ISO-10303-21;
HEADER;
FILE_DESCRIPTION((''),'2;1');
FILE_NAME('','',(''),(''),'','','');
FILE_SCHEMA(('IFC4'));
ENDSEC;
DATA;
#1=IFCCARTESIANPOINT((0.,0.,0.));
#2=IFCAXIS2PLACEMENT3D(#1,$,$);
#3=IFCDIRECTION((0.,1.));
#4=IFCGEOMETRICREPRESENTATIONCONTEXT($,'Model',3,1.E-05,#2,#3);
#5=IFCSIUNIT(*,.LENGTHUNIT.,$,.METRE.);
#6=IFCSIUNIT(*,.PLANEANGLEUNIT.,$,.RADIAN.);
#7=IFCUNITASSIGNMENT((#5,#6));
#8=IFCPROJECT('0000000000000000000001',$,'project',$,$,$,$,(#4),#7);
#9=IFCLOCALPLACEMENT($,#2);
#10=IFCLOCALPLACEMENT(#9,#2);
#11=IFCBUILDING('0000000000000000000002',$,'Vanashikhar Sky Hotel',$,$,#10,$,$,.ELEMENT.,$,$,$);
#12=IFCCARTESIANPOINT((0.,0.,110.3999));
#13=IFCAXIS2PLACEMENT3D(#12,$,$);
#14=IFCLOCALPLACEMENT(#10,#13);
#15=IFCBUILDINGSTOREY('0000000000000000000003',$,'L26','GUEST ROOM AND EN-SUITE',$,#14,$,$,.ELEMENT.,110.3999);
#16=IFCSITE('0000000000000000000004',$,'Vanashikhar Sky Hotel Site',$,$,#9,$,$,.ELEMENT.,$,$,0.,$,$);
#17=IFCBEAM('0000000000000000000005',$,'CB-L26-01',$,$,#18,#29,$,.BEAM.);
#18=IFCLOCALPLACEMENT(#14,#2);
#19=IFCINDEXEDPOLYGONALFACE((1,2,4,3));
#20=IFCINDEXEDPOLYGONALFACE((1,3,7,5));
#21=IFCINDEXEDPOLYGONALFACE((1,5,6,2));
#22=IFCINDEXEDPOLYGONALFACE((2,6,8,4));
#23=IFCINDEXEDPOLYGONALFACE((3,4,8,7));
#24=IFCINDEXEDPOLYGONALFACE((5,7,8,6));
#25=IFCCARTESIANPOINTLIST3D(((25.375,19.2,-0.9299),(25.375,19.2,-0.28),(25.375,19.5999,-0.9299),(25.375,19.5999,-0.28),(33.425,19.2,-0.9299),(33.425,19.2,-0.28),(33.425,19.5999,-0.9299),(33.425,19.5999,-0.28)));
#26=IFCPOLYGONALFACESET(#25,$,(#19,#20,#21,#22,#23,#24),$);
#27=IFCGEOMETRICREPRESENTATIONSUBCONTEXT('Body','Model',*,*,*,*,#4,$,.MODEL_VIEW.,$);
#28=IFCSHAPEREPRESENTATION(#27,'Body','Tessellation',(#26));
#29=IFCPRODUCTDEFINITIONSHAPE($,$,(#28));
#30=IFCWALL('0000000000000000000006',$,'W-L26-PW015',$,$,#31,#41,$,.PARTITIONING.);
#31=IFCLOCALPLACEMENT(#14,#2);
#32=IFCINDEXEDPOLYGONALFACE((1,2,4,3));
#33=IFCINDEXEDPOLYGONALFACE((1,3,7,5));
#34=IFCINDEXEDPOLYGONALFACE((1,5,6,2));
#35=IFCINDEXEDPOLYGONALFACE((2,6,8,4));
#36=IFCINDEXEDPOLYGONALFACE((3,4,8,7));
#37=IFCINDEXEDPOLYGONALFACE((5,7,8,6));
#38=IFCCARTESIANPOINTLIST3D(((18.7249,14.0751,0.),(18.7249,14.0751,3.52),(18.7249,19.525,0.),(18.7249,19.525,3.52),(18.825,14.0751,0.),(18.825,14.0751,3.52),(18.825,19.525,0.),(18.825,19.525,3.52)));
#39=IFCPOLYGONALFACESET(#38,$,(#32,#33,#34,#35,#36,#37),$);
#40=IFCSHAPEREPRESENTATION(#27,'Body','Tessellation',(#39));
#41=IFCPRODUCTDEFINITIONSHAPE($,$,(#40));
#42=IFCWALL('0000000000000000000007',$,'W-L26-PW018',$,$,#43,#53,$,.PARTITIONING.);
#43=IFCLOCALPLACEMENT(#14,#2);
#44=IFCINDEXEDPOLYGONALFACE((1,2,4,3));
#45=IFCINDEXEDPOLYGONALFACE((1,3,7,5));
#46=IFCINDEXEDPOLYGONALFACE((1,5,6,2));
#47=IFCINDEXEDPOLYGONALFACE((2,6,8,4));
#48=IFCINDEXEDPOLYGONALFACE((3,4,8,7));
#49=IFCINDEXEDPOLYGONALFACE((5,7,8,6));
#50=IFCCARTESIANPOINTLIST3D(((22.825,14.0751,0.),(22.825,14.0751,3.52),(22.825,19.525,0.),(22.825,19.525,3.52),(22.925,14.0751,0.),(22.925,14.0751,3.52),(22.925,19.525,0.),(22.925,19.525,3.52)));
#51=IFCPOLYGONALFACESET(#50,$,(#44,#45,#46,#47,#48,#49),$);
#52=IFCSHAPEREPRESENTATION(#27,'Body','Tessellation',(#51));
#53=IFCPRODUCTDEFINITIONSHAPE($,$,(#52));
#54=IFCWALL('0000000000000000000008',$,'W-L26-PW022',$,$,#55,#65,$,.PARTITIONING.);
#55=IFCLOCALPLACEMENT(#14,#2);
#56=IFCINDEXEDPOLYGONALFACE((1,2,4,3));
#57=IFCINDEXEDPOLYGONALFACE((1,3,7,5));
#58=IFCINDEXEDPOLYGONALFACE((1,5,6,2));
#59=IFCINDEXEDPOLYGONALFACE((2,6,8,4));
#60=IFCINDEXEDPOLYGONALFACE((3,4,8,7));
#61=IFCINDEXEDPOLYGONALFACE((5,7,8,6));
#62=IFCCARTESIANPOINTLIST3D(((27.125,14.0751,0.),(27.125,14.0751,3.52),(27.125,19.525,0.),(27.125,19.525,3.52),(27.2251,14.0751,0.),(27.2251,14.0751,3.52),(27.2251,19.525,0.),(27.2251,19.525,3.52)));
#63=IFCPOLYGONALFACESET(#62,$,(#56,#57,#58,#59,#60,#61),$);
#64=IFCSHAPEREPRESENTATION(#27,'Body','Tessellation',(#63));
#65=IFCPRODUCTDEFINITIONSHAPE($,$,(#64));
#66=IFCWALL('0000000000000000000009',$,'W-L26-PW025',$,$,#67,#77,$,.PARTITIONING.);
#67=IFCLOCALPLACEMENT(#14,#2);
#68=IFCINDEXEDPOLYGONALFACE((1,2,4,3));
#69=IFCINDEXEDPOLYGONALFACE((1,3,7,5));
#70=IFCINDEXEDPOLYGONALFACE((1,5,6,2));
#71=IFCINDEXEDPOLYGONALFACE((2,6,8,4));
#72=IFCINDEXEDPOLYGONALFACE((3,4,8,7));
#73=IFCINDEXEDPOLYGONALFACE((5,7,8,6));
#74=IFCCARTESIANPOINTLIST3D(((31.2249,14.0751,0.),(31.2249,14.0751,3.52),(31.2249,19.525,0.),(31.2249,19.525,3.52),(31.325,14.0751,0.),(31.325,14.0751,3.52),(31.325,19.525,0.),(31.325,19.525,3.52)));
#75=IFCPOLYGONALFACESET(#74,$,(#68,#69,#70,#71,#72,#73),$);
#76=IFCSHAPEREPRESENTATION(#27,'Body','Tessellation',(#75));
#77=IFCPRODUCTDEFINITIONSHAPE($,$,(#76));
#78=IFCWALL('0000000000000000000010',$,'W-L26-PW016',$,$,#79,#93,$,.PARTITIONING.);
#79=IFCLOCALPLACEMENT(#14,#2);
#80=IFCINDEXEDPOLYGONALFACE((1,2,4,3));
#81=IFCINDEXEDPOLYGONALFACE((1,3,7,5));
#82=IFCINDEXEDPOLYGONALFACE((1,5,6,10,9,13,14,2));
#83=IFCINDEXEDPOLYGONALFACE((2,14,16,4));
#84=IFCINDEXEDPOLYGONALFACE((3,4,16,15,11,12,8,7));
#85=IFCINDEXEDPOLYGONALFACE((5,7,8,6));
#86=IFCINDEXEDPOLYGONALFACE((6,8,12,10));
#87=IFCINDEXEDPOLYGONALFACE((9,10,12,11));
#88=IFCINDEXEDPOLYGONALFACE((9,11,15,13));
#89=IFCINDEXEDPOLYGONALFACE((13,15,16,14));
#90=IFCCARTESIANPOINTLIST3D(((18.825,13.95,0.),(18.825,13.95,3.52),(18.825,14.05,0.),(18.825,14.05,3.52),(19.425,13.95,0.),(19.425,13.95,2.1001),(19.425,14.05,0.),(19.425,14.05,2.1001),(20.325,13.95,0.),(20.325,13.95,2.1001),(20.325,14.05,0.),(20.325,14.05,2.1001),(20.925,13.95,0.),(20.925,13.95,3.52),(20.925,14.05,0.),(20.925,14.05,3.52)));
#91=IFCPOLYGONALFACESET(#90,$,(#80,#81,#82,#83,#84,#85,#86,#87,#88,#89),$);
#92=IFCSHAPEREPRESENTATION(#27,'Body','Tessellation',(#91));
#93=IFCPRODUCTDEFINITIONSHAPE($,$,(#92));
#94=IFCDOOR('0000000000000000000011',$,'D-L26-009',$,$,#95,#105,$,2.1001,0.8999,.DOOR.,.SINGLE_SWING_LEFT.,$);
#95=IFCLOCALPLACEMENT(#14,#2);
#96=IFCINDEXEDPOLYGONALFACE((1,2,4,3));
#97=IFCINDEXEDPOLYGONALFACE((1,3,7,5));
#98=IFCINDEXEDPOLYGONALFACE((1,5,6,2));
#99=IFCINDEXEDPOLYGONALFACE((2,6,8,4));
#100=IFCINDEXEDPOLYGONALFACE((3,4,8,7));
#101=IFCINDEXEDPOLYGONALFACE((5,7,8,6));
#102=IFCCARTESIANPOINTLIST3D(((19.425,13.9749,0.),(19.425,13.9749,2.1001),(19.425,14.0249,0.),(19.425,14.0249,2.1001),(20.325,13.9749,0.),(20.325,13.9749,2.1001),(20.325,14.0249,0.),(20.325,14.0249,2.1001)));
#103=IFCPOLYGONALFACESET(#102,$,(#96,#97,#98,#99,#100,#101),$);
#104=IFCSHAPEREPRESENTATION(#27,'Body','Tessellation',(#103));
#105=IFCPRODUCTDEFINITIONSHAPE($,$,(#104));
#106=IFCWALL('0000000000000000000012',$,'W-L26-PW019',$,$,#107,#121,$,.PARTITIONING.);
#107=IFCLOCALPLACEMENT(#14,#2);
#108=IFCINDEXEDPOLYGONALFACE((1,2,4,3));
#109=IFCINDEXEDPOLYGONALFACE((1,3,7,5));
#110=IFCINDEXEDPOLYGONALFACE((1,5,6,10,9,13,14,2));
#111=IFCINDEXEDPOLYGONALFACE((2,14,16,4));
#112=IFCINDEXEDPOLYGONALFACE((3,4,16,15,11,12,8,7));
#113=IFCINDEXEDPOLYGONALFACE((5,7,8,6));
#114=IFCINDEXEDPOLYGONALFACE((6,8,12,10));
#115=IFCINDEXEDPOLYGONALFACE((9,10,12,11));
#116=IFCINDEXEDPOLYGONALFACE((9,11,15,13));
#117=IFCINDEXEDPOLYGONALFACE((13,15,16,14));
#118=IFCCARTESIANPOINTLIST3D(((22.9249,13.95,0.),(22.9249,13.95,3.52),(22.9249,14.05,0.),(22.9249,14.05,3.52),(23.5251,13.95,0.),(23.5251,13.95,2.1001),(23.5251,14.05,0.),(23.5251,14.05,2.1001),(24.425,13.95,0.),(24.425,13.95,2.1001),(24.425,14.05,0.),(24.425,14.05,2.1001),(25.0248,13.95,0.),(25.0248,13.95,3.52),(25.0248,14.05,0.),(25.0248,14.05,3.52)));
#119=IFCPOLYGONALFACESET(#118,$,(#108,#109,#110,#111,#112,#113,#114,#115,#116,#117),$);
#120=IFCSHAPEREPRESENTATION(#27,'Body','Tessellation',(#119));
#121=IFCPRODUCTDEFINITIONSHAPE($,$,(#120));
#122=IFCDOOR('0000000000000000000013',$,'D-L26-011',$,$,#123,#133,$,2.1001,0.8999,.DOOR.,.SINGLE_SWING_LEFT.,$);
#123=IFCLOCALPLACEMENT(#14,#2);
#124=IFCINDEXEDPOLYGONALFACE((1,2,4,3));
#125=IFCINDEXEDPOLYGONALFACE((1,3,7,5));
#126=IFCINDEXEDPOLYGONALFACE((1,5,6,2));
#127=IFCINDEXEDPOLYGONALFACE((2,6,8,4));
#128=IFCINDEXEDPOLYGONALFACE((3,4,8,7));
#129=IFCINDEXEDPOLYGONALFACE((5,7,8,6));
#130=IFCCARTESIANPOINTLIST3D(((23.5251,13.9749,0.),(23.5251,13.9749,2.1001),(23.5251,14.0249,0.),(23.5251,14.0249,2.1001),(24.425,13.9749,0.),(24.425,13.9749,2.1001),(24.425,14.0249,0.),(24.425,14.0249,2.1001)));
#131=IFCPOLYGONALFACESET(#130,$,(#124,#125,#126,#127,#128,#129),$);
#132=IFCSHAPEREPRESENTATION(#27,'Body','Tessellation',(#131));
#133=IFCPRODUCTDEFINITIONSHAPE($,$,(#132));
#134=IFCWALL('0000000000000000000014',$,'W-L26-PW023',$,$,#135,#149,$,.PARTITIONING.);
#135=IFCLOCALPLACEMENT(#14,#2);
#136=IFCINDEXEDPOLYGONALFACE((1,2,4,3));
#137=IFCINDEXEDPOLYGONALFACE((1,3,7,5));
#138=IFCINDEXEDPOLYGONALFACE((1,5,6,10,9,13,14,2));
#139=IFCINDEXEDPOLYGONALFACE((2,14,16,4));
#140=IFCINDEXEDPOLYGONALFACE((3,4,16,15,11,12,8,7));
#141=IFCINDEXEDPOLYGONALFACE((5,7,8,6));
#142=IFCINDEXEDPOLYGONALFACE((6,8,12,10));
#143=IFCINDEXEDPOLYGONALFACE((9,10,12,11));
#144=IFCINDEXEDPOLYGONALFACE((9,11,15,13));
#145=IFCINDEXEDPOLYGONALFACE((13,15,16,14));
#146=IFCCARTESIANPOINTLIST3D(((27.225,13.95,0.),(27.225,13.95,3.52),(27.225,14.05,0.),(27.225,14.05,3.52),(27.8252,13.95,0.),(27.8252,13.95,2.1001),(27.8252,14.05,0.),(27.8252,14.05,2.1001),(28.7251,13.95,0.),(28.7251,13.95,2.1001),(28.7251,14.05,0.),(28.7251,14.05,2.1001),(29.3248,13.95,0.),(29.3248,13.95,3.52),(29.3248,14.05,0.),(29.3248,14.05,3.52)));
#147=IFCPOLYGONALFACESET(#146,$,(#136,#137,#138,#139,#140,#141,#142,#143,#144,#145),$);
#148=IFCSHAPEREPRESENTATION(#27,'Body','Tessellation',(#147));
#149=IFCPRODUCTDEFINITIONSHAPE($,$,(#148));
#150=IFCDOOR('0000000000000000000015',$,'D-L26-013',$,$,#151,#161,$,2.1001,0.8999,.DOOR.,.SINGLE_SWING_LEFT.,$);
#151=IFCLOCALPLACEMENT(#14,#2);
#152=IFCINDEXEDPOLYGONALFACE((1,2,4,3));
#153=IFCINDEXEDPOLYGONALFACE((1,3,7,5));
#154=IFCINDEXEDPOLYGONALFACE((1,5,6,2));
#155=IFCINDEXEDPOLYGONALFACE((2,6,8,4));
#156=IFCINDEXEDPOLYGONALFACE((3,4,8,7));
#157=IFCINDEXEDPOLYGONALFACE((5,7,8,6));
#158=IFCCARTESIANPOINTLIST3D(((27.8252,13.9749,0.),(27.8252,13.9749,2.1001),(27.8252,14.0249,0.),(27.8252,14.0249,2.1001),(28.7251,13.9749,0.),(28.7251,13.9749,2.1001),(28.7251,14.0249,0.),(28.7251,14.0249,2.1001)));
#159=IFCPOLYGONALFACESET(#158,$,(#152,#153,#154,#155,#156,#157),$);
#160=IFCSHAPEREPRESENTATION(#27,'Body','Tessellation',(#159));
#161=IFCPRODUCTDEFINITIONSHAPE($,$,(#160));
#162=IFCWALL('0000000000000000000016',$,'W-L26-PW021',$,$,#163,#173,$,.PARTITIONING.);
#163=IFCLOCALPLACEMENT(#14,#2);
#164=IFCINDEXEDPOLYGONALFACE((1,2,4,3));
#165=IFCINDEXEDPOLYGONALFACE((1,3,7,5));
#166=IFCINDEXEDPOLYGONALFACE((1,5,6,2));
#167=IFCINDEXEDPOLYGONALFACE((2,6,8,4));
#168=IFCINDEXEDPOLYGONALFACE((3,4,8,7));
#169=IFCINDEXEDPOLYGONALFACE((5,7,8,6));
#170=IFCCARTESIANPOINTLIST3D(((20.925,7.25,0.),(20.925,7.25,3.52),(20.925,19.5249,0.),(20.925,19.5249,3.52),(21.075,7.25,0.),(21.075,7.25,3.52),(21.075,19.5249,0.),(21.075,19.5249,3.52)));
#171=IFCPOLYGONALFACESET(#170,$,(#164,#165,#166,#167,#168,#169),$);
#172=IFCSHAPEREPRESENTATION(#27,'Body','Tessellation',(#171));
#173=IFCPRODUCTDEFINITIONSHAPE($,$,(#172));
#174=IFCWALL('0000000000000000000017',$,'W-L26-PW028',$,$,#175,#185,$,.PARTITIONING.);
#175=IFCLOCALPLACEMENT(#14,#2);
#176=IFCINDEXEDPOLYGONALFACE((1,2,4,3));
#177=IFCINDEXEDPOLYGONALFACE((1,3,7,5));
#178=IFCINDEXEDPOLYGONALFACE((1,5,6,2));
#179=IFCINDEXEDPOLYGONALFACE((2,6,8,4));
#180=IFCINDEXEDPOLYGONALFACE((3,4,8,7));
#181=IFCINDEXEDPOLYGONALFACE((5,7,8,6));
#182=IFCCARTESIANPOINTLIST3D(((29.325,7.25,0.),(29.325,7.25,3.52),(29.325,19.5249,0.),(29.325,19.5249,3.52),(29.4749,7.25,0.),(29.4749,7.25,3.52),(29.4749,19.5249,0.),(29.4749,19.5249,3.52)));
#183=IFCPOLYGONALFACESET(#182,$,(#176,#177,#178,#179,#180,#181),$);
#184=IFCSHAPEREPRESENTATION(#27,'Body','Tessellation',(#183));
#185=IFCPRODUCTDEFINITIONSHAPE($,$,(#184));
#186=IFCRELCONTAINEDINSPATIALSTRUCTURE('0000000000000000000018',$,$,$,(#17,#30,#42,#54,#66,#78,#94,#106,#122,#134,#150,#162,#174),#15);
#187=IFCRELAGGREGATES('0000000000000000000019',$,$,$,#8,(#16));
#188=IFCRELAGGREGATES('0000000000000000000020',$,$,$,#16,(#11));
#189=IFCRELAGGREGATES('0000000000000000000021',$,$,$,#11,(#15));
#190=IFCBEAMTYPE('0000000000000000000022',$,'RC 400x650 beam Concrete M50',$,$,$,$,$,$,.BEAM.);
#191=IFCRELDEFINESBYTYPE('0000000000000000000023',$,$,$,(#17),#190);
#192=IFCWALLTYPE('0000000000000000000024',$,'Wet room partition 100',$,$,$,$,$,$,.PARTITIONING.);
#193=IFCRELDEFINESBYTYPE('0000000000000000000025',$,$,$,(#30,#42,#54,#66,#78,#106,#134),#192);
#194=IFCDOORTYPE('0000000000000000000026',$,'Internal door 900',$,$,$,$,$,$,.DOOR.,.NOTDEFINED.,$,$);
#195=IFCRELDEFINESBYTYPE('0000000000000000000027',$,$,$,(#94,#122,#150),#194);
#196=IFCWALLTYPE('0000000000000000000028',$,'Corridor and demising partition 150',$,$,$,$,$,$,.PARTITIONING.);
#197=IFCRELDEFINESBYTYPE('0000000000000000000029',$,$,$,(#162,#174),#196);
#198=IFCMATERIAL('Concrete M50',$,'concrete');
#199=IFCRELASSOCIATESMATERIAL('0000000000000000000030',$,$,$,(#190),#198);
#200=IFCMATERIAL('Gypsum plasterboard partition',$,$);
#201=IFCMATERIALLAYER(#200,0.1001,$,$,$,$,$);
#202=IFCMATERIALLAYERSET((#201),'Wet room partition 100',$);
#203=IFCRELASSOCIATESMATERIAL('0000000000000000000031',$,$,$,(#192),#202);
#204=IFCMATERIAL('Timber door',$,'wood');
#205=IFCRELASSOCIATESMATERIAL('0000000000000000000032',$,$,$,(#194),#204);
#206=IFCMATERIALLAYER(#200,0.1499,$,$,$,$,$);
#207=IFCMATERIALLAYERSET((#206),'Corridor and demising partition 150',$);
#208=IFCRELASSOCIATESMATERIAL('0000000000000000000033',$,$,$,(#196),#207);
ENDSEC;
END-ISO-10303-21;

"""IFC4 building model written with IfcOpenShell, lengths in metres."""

from ifc_helpers import new_model, si_unit, direction, frame, frame_2d, origin, origin_2d, place, context, subcontext, project, spatial, rectangle, extrude, source, transform, mapped, material, layer, layer_set, material_profile, profile_set, type_object, element, fill, save


model = new_model("IFC4")

# Units and contexts
model_context = context("Model", 3, precision=1e-05, world=origin(), true_north=direction((0.0, 1.0)))
body_context = subcontext(model_context, "Body", "Model", "MODEL_VIEW")
ifc_project = project(units=[si_unit("LENGTHUNIT", "METRE"), si_unit("PLANEANGLEUNIT", "RADIAN")], contexts=[model_context])

# Site, building, storey
site_placement = place(None, origin())
site = spatial("IfcSite", under=ifc_project, at=site_placement, Name="Vanashikhar Sky Hotel Site", CompositionType="ELEMENT", RefElevation=0.0)
building_placement = place(site_placement, origin())
building = spatial("IfcBuilding", under=site, at=building_placement, Name="Vanashikhar Sky Hotel", CompositionType="ELEMENT")
storey_placement = place(building_placement, frame((0.0, 0.0, 110.3999)))
storey = spatial("IfcBuildingStorey", under=building, at=storey_placement, Name="L26", Description="GUEST ROOM AND EN-SUITE", CompositionType="ELEMENT", Elevation=110.3999)

# Beam
ifc_material_1 = material(Name="Concrete M50", Category="concrete")
ifc_material_profile = material_profile(ifc_material_1, rectangle(XDim=0.3999, YDim=0.6499, at=origin_2d()))
ifc_profile_set = profile_set([ifc_material_profile], Name="RC 400x650 beam Concrete M50")
beam_type = type_object("IfcBeamType", Name="RC 400x650 beam Concrete M50", PredefinedType="BEAM", material=ifc_profile_set)
shared_shape_1 = source(origin(), body_context, "Body", "SweptSolid", [
    extrude(rectangle(XDim=0.3999, YDim=0.6499, at=origin_2d()), origin(), (0.0, 0.0, 1.0), 8.05),
])
beam_placement = place(storey_placement, frame((25.375, 19.3999, -0.605), z_axis=(1.0, 0.0, 0.0), x_axis=(0.0, 1.0, 0.0)))
element("IfcBeam", 1, at=beam_placement, inside=storey, type_object=beam_type, Name="CB-L26-01", PredefinedType="BEAM", context=body_context, shape_type="MappedRepresentation", body=[
    mapped(shared_shape_1, transform((0.0, 0.0, 0.0), scale=1.0)),
])

# Walls
ifc_material_2 = material(Name="Gypsum plasterboard partition")
ifc_layer_1 = layer(ifc_material_2, 0.1001)
ifc_layer_set_1 = layer_set([ifc_layer_1], Name="Wet room partition 100")
wall_type_1 = type_object("IfcWallType", Name="Wet room partition 100", PredefinedType="PARTITIONING", material=ifc_layer_set_1)
shared_shape_2 = source(origin(), body_context, "Body", "SweptSolid", [
    extrude(rectangle(XDim=5.45, YDim=0.1001, at=frame_2d((2.7251, 0.0))), origin(), (0.0, 0.0, 1.0), 3.52),
])
for number, where, z_axis, x_axis, name in (
    (2, (18.7749, 14.075, 0.0), (0.0, 0.0, 1.0), (0.0, 1.0, 0.0), "W-L26-PW015"),
    (3, (22.875, 14.075, 0.0), (0.0, 0.0, 1.0), (0.0, 1.0, 0.0), "W-L26-PW018"),
    (4, (27.175, 14.075, 0.0), (0.0, 0.0, 1.0), (0.0, 1.0, 0.0), "W-L26-PW022"),
    (5, (31.2749, 14.075, 0.0), (0.0, 0.0, 1.0), (0.0, 1.0, 0.0), "W-L26-PW025"),
):
    element("IfcWall", number, at=place(storey_placement, frame(where, z_axis=z_axis, x_axis=x_axis)), inside=storey, type_object=wall_type_1, Name=name, PredefinedType="PARTITIONING", context=body_context, shape_type="MappedRepresentation", body=[
        mapped(shared_shape_2, transform((0.0, 0.0, 0.0), scale=1.0)),
    ])

# Walls, openings, doors
shared_shape_3 = source(origin(), body_context, "Body", "SweptSolid", [
    extrude(rectangle(XDim=2.1001, YDim=0.1001, at=frame_2d((1.05, 0.0))), origin(), (0.0, 0.0, 1.0), 3.52),
])
wall_1_placement = place(storey_placement, frame((18.825, 14.0, 0.0), z_axis=(0.0, 0.0, 1.0), x_axis=(1.0, 0.0, 0.0)))
wall_1 = element("IfcWall", 6, at=wall_1_placement, inside=storey, type_object=wall_type_1, Name="W-L26-PW016", PredefinedType="PARTITIONING", context=body_context, shape_type="MappedRepresentation", body=[
    mapped(shared_shape_3, transform((0.0, 0.0, 0.0), scale=1.0)),
])
shared_shape_4 = source(origin(), body_context, "Body", "SweptSolid", [
    extrude(rectangle(XDim=0.8999, YDim=2.1001, at=frame_2d((0.45, 1.05))), frame((0.0, 0.0601, 0.0), z_axis=(0.0, -1.0, 0.0), x_axis=(1.0, 0.0, 0.0)), (0.0, 0.0, 1.0), 0.1201),
])
opening_1_placement = place(wall_1_placement, frame((0.6001, 0.0, 0.0)))
opening_1 = element("IfcOpeningElement", 7, at=opening_1_placement, cuts=wall_1, PredefinedType="OPENING", context=body_context, shape_type="MappedRepresentation", body=[
    mapped(shared_shape_4, transform((0.0, 0.0, 0.0), scale=1.0)),
])
ifc_material_3 = material(Name="Timber door", Category="wood")
door_type_1 = type_object("IfcDoorType", Name="Internal door 900", OperationType="NOTDEFINED", PredefinedType="DOOR", material=ifc_material_3)
shared_shape_5 = source(origin(), body_context, "Body", "SweptSolid", [
    extrude(rectangle(XDim=0.8999, YDim=2.1001, at=frame_2d((0.45, 1.05))), frame((0.0, 0.0249, 0.0), z_axis=(0.0, -1.0, 0.0), x_axis=(1.0, 0.0, 0.0)), (0.0, 0.0, 1.0), 0.05),
])
door_1_placement = place(opening_1_placement, origin())
door_1 = element("IfcDoor", 8, at=door_1_placement, inside=storey, type_object=door_type_1, Name="D-L26-009", OperationType="SINGLE_SWING_LEFT", OverallHeight=2.1001, OverallWidth=0.8999, PredefinedType="DOOR", context=body_context, shape_type="MappedRepresentation", body=[
    mapped(shared_shape_5, transform((0.0, 0.0, 0.0), scale=1.0)),
])
fill(opening_1, door_1)
shared_shape_6 = source(origin(), body_context, "Body", "SweptSolid", [
    extrude(rectangle(XDim=2.0999, YDim=0.1001, at=frame_2d((1.0498, 0.0))), origin(), (0.0, 0.0, 1.0), 3.52),
])
wall_2_placement = place(storey_placement, frame((22.925, 14.0, 0.0), z_axis=(0.0, 0.0, 1.0), x_axis=(1.0, 0.0, 0.0)))
wall_2 = element("IfcWall", 9, at=wall_2_placement, inside=storey, type_object=wall_type_1, Name="W-L26-PW019", PredefinedType="PARTITIONING", context=body_context, shape_type="MappedRepresentation", body=[
    mapped(shared_shape_6, transform((0.0, 0.0, 0.0), scale=1.0)),
])
opening_2_placement = place(wall_2_placement, frame((0.6001, 0.0, 0.0)))
opening_2 = element("IfcOpeningElement", 10, at=opening_2_placement, cuts=wall_2, PredefinedType="OPENING", context=body_context, shape_type="MappedRepresentation", body=[
    mapped(shared_shape_4, transform((0.0, 0.0, 0.0), scale=1.0)),
])
door_2_placement = place(opening_2_placement, origin())
door_2 = element("IfcDoor", 11, at=door_2_placement, inside=storey, type_object=door_type_1, Name="D-L26-011", OperationType="SINGLE_SWING_LEFT", OverallHeight=2.1001, OverallWidth=0.8999, PredefinedType="DOOR", context=body_context, shape_type="MappedRepresentation", body=[
    mapped(shared_shape_5, transform((0.0, 0.0, 0.0), scale=1.0)),
])
fill(opening_2, door_2)
wall_3_placement = place(storey_placement, frame((27.2251, 14.0, 0.0), z_axis=(0.0, 0.0, 1.0), x_axis=(1.0, 0.0, 0.0)))
wall_3 = element("IfcWall", 12, at=wall_3_placement, inside=storey, type_object=wall_type_1, Name="W-L26-PW023", PredefinedType="PARTITIONING", context=body_context, shape_type="MappedRepresentation", body=[
    mapped(shared_shape_6, transform((0.0, 0.0, 0.0), scale=1.0)),
])
opening_3_placement = place(wall_3_placement, frame((0.6001, 0.0, 0.0)))
opening_3 = element("IfcOpeningElement", 13, at=opening_3_placement, cuts=wall_3, PredefinedType="OPENING", context=body_context, shape_type="MappedRepresentation", body=[
    mapped(shared_shape_4, transform((0.0, 0.0, 0.0), scale=1.0)),
])
door_3_placement = place(opening_3_placement, origin())
door_3 = element("IfcDoor", 14, at=door_3_placement, inside=storey, type_object=door_type_1, Name="D-L26-013", OperationType="SINGLE_SWING_LEFT", OverallHeight=2.1001, OverallWidth=0.8999, PredefinedType="DOOR", context=body_context, shape_type="MappedRepresentation", body=[
    mapped(shared_shape_5, transform((0.0, 0.0, 0.0), scale=1.0)),
])
fill(opening_3, door_3)

# Walls
ifc_layer_2 = layer(ifc_material_2, 0.1499)
ifc_layer_set_2 = layer_set([ifc_layer_2], Name="Corridor and demising partition 150")
wall_type_2 = type_object("IfcWallType", Name="Corridor and demising partition 150", PredefinedType="PARTITIONING", material=ifc_layer_set_2)
shared_shape_7 = source(origin(), body_context, "Body", "SweptSolid", [
    extrude(rectangle(XDim=12.2749, YDim=0.1499, at=frame_2d((6.1375, 0.0))), origin(), (0.0, 0.0, 1.0), 3.52),
])
for number, where, z_axis, x_axis, name in (
    (15, (21.0, 7.25, 0.0), (0.0, 0.0, 1.0), (0.0, 1.0, 0.0), "W-L26-PW021"),
    (16, (29.3999, 7.25, 0.0), (0.0, 0.0, 1.0), (0.0, 1.0, 0.0), "W-L26-PW028"),
):
    element("IfcWall", number, at=place(storey_placement, frame(where, z_axis=z_axis, x_axis=x_axis)), inside=storey, type_object=wall_type_2, Name=name, PredefinedType="PARTITIONING", context=body_context, shape_type="MappedRepresentation", body=[
        mapped(shared_shape_7, transform((0.0, 0.0, 0.0), scale=1.0)),
    ])

save(model, "model.ifc")
